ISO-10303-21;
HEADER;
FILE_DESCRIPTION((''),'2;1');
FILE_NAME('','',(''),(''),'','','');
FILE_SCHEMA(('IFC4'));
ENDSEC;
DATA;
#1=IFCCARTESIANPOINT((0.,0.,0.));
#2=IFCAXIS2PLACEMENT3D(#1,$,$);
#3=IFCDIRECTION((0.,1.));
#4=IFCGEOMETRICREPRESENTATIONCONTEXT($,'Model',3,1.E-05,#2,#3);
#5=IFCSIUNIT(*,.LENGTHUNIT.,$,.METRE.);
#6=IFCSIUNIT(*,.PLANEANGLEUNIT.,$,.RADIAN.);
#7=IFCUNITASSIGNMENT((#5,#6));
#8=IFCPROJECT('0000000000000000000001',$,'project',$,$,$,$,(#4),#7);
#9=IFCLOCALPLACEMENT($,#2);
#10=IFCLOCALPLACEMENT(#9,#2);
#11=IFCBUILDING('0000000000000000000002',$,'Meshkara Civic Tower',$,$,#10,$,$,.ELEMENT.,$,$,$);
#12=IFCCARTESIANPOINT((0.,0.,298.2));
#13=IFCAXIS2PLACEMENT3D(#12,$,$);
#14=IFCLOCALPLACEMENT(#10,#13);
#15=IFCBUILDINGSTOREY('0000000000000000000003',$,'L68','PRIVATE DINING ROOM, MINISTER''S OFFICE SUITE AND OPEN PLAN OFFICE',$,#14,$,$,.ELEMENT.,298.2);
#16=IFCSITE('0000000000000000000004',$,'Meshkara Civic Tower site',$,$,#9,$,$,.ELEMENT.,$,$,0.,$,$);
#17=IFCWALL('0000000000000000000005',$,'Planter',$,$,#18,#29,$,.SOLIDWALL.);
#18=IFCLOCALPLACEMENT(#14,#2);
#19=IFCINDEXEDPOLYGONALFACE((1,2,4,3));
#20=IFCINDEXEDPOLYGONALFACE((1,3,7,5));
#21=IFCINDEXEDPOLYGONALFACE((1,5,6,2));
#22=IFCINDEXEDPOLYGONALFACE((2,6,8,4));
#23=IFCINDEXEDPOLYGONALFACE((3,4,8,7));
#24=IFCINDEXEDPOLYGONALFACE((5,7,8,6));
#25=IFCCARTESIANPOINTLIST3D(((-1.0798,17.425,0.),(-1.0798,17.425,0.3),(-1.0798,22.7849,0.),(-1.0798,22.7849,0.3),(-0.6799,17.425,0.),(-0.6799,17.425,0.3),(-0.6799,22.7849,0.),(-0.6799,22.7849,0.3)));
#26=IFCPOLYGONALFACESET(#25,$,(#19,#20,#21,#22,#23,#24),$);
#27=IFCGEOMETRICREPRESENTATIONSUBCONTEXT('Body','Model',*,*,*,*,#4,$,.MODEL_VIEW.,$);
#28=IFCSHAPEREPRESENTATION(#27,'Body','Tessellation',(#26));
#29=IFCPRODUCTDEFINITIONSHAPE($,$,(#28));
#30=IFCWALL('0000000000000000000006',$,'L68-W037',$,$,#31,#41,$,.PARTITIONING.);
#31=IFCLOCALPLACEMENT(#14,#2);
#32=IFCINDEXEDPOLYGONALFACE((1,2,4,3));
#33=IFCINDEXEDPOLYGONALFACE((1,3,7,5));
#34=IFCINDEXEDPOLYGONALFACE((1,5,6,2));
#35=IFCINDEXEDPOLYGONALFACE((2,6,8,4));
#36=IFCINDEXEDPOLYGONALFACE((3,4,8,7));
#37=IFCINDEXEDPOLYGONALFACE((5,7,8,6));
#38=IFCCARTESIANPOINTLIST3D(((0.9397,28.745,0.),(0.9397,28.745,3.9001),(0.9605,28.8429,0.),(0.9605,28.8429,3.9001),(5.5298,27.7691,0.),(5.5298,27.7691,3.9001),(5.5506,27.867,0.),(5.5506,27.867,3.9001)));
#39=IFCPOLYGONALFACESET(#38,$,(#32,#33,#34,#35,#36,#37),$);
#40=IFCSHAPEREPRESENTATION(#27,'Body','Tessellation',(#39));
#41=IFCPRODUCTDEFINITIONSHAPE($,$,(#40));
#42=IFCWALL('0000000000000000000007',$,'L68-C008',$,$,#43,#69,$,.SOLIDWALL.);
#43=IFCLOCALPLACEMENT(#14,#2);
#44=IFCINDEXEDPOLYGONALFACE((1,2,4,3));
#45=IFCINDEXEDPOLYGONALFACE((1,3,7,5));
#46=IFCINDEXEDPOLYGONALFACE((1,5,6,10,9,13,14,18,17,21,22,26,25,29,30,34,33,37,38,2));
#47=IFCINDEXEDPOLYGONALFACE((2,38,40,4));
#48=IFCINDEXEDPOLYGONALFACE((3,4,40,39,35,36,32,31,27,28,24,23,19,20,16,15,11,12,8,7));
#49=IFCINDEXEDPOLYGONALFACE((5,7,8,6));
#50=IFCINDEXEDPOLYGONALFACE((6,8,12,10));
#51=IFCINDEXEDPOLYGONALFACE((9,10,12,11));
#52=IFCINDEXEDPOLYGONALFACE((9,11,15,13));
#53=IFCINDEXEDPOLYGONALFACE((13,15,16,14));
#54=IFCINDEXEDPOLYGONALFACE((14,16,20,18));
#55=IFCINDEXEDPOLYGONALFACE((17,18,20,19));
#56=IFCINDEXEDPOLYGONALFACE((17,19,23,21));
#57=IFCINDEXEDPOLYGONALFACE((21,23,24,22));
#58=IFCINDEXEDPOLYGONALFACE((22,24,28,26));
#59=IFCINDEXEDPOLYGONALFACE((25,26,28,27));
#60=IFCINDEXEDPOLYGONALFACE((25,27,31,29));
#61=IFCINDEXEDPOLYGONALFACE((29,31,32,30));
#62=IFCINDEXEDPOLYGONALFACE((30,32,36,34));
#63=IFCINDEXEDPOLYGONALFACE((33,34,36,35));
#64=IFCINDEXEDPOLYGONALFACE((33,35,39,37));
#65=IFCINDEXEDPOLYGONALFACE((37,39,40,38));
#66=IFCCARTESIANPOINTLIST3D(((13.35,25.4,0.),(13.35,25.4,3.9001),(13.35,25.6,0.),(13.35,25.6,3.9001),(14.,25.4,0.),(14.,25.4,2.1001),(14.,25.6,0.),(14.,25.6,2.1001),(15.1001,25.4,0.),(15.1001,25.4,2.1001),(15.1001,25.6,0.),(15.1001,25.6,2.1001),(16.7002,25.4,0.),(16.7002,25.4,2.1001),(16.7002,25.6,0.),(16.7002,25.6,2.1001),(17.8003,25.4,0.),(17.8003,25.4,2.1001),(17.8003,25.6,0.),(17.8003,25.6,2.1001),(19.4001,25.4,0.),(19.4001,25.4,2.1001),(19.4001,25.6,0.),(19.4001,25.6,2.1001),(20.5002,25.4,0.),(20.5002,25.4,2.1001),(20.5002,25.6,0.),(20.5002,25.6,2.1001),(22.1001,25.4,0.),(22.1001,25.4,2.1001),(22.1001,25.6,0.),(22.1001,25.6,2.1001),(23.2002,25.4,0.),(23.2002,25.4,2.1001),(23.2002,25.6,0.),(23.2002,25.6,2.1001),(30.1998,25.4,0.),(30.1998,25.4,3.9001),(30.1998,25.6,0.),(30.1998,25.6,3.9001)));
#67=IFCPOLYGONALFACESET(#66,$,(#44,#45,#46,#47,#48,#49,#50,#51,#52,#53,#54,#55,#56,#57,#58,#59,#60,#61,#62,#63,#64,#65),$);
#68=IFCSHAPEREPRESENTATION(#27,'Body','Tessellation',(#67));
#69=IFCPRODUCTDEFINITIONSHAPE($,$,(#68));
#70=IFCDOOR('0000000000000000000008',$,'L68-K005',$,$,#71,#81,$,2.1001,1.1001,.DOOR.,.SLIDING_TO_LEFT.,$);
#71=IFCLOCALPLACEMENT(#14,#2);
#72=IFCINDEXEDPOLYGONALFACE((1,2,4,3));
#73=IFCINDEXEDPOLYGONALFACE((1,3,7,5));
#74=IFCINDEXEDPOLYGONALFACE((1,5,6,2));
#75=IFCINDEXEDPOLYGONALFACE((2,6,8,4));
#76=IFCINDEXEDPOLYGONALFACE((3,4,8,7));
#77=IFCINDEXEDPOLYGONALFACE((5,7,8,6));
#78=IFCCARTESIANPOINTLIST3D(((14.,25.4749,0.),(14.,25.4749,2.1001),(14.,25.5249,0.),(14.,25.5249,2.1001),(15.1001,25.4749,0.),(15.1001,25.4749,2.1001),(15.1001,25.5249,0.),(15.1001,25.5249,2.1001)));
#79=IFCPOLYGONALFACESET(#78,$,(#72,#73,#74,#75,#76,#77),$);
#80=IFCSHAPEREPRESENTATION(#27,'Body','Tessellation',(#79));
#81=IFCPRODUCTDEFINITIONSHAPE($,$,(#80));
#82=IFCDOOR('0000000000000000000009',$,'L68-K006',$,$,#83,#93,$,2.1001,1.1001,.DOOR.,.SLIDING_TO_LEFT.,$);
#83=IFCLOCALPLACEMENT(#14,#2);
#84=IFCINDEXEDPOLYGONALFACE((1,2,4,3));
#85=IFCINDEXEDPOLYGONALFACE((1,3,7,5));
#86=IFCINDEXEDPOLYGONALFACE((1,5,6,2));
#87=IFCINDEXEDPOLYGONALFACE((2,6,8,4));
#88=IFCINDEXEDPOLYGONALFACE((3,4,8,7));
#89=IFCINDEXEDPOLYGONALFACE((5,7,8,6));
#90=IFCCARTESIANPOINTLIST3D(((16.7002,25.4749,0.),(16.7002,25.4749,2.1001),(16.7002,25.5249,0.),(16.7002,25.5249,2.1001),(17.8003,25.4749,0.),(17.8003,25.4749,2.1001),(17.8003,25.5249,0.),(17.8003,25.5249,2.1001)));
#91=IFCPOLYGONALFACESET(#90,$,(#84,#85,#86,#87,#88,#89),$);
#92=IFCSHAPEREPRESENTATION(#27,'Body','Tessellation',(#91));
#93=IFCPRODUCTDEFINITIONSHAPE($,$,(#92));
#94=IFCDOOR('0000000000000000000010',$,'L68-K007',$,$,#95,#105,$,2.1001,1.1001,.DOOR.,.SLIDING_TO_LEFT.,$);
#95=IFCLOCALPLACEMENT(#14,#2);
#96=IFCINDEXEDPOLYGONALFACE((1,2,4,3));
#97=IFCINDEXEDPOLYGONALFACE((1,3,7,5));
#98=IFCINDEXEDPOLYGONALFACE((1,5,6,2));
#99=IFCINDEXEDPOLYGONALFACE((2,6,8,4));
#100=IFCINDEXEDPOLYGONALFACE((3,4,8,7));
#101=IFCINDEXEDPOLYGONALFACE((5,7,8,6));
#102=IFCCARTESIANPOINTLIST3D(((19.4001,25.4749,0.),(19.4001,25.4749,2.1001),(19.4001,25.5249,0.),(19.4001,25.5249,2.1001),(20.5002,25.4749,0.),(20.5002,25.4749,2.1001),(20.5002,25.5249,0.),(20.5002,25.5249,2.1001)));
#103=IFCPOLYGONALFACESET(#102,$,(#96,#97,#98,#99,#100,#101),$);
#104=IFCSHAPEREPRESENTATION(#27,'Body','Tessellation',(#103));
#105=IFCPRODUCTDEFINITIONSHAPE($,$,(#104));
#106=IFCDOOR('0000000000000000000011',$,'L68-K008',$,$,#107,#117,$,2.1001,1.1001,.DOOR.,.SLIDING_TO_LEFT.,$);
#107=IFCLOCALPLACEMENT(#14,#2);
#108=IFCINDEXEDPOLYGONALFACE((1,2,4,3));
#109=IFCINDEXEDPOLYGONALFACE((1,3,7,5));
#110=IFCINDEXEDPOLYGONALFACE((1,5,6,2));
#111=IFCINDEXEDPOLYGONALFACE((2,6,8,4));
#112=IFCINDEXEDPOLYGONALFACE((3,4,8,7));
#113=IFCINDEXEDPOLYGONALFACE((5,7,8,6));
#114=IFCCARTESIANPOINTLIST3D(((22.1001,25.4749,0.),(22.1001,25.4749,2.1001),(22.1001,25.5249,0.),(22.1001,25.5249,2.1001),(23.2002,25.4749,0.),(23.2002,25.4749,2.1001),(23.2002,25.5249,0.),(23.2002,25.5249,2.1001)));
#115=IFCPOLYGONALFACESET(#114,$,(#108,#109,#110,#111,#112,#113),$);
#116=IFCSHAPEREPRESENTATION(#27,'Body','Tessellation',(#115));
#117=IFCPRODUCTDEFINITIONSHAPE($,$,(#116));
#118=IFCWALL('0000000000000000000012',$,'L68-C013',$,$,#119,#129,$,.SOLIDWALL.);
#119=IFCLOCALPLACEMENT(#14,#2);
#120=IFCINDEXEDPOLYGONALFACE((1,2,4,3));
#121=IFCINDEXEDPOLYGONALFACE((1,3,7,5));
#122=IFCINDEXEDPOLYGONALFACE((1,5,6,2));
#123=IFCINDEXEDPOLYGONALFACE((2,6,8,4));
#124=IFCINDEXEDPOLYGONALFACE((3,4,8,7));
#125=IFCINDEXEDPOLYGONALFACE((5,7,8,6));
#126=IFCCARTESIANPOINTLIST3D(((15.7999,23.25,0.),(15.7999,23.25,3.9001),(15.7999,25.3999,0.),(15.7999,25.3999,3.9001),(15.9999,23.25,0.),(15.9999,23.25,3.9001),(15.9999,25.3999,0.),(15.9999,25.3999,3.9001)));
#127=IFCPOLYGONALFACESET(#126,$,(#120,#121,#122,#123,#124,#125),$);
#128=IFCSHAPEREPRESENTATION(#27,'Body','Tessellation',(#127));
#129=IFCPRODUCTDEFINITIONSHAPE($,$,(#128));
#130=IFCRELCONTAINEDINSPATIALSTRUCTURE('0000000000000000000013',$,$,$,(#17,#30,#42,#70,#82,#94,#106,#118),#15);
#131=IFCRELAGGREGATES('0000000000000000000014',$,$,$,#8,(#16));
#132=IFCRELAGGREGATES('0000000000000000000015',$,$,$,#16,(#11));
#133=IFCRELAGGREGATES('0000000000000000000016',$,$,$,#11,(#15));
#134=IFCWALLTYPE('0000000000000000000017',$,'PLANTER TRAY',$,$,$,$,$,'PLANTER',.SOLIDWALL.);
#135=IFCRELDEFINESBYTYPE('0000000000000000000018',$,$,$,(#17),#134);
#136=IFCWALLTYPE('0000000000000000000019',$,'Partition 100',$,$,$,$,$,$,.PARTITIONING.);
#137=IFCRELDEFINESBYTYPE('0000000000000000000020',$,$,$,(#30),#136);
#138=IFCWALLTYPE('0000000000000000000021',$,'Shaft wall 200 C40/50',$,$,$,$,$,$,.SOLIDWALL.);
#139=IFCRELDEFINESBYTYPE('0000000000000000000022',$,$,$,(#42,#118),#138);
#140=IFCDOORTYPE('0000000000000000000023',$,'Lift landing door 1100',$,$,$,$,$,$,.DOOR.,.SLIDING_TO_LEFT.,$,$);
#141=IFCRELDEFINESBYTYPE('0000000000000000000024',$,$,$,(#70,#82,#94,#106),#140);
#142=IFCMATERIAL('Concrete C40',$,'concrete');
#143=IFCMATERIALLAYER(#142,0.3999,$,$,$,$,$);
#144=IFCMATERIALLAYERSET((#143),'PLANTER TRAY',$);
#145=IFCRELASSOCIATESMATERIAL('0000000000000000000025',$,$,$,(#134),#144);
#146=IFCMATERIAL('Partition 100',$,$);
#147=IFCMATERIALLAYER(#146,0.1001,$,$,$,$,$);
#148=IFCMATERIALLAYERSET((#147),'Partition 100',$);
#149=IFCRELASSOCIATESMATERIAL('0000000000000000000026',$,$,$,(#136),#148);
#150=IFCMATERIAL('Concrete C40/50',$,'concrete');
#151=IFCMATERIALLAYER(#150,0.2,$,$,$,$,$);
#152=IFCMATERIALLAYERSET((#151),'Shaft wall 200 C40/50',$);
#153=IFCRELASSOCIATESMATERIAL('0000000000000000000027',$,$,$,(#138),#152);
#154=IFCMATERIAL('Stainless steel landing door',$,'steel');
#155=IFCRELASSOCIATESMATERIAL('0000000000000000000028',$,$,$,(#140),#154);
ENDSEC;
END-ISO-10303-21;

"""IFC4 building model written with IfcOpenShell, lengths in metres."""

from ifc_helpers import new_model, si_unit, direction, frame, frame_2d, origin, place, context, subcontext, project, spatial, rectangle, extrude, material, layer, layer_set, type_object, element, fill, save


model = new_model("IFC4")

# Units and contexts
model_context = context("Model", 3, precision=1e-05, world=origin(), true_north=direction((0.0, 1.0)))
body_context = subcontext(model_context, "Body", "Model", "MODEL_VIEW")
ifc_project = project(units=[si_unit("LENGTHUNIT", "METRE"), si_unit("PLANEANGLEUNIT", "RADIAN")], contexts=[model_context])

# Site, building, storey
site_placement = place(None, origin())
site = spatial("IfcSite", under=ifc_project, at=site_placement, Name="Meshkara Civic Tower site", CompositionType="ELEMENT", RefElevation=0.0)
building_placement = place(site_placement, origin())
building = spatial("IfcBuilding", under=site, at=building_placement, Name="Meshkara Civic Tower", CompositionType="ELEMENT")
storey_placement = place(building_placement, frame((0.0, 0.0, 298.2)))
storey = spatial("IfcBuildingStorey", under=building, at=storey_placement, Name="L68", Description="PRIVATE DINING ROOM, MINISTER'S OFFICE SUITE AND OPEN PLAN OFFICE", CompositionType="ELEMENT", Elevation=298.2)

# Walls
ifc_material_1 = material(Name="Concrete C40", Category="concrete")
ifc_layer_1 = layer(ifc_material_1, 0.3999)
ifc_layer_set_1 = layer_set([ifc_layer_1], Name="PLANTER TRAY")
wall_type_1 = type_object("IfcWallType", Name="PLANTER TRAY", ElementType="PLANTER", PredefinedType="SOLIDWALL", material=ifc_layer_set_1)
wall_1_placement = place(storey_placement, frame((-0.8799, 22.7849, 0.0), z_axis=(0.0, 0.0, 1.0), x_axis=(0.0, -1.0, 0.0)))
element("IfcWall", 1, at=wall_1_placement, inside=storey, type_object=wall_type_1, Name="Planter", PredefinedType="SOLIDWALL", context=body_context, shape_type="SweptSolid", body=[
    extrude(rectangle(XDim=5.3599, YDim=0.3999, at=frame_2d((2.6799, 0.0))), origin(), (0.0, 0.0, 1.0), 0.3),
])
ifc_material_2 = material(Name="Partition 100")
ifc_layer_2 = layer(ifc_material_2, 0.1001)
ifc_layer_set_2 = layer_set([ifc_layer_2], Name="Partition 100")
wall_type_2 = type_object("IfcWallType", Name="Partition 100", PredefinedType="PARTITIONING", material=ifc_layer_set_2)
wall_2_placement = place(storey_placement, frame((5.54, 27.8181, 0.0), z_axis=(0.0, 0.0, 1.0), x_axis=(-0.97814, 0.207948, 0.0)))
element("IfcWall", 2, at=wall_2_placement, inside=storey, type_object=wall_type_2, Name="L68-W037", PredefinedType="PARTITIONING", context=body_context, shape_type="SweptSolid", body=[
    extrude(rectangle(XDim=4.6926, YDim=0.1001, at=frame_2d((2.3462, 0.0))), origin(), (0.0, 0.0, 1.0), 3.9001),
])

# Wall, openings, doors
ifc_material_3 = material(Name="Concrete C40/50", Category="concrete")
ifc_layer_3 = layer(ifc_material_3, 0.2)
ifc_layer_set_3 = layer_set([ifc_layer_3], Name="Shaft wall 200 C40/50")
wall_type_3 = type_object("IfcWallType", Name="Shaft wall 200 C40/50", PredefinedType="SOLIDWALL", material=ifc_layer_set_3)
wall_3_placement = place(storey_placement, frame((13.3501, 25.5, 0.0), z_axis=(0.0, 0.0, 1.0), x_axis=(1.0, 0.0, 0.0)))
wall_3 = element("IfcWall", 3, at=wall_3_placement, inside=storey, type_object=wall_type_3, Name="L68-C008", PredefinedType="SOLIDWALL", context=body_context, shape_type="SweptSolid", body=[
    extrude(rectangle(XDim=16.8499, YDim=0.2, at=frame_2d((8.4248, 0.0))), origin(), (0.0, 0.0, 1.0), 3.9001),
])
opening_1_placement = place(wall_3_placement, frame((0.6499, 0.0, 0.0)))
opening_1 = element("IfcOpeningElement", 4, at=opening_1_placement, cuts=wall_3, PredefinedType="OPENING", context=body_context, shape_type="SweptSolid", body=[
    extrude(rectangle(XDim=1.1001, YDim=2.1001, at=frame_2d((0.55, 1.05))), frame((0.0, 0.1099, 0.0), z_axis=(0.0, -1.0, 0.0), x_axis=(1.0, 0.0, 0.0)), (0.0, 0.0, 1.0), 0.22),
])
opening_2_placement = place(wall_3_placement, frame((3.3501, 0.0, 0.0)))
opening_2 = element("IfcOpeningElement", 5, at=opening_2_placement, cuts=wall_3, PredefinedType="OPENING", context=body_context, shape_type="SweptSolid", body=[
    extrude(rectangle(XDim=1.1001, YDim=2.1001, at=frame_2d((0.55, 1.05))), frame((0.0, 0.1099, 0.0), z_axis=(0.0, -1.0, 0.0), x_axis=(1.0, 0.0, 0.0)), (0.0, 0.0, 1.0), 0.22),
])
opening_3_placement = place(wall_3_placement, frame((6.05, 0.0, 0.0)))
opening_3 = element("IfcOpeningElement", 6, at=opening_3_placement, cuts=wall_3, PredefinedType="OPENING", context=body_context, shape_type="SweptSolid", body=[
    extrude(rectangle(XDim=1.1001, YDim=2.1001, at=frame_2d((0.55, 1.05))), frame((0.0, 0.1099, 0.0), z_axis=(0.0, -1.0, 0.0), x_axis=(1.0, 0.0, 0.0)), (0.0, 0.0, 1.0), 0.22),
])
opening_4_placement = place(wall_3_placement, frame((8.75, 0.0, 0.0)))
opening_4 = element("IfcOpeningElement", 7, at=opening_4_placement, cuts=wall_3, PredefinedType="OPENING", context=body_context, shape_type="SweptSolid", body=[
    extrude(rectangle(XDim=1.1001, YDim=2.1001, at=frame_2d((0.55, 1.05))), frame((0.0, 0.1099, 0.0), z_axis=(0.0, -1.0, 0.0), x_axis=(1.0, 0.0, 0.0)), (0.0, 0.0, 1.0), 0.22),
])
ifc_material_4 = material(Name="Stainless steel landing door", Category="steel")
door_type_1 = type_object("IfcDoorType", Name="Lift landing door 1100", OperationType="SLIDING_TO_LEFT", PredefinedType="DOOR", material=ifc_material_4)
door_1_placement = place(opening_1_placement, origin())
door_1 = element("IfcDoor", 8, at=door_1_placement, inside=storey, type_object=door_type_1, Name="L68-K005", OperationType="SLIDING_TO_LEFT", OverallHeight=2.1001, OverallWidth=1.1001, PredefinedType="DOOR", context=body_context, shape_type="SweptSolid", body=[
    extrude(rectangle(XDim=1.1001, YDim=2.1001, at=frame_2d((0.55, 1.05))), frame((0.0, 0.0249, 0.0), z_axis=(0.0, -1.0, 0.0), x_axis=(1.0, 0.0, 0.0)), (0.0, 0.0, 1.0), 0.05),
])
fill(opening_1, door_1)
door_2_placement = place(opening_2_placement, origin())
door_2 = element("IfcDoor", 9, at=door_2_placement, inside=storey, type_object=door_type_1, Name="L68-K006", OperationType="SLIDING_TO_LEFT", OverallHeight=2.1001, OverallWidth=1.1001, PredefinedType="DOOR", context=body_context, shape_type="SweptSolid", body=[
    extrude(rectangle(XDim=1.1001, YDim=2.1001, at=frame_2d((0.55, 1.05))), frame((0.0, 0.0249, 0.0), z_axis=(0.0, -1.0, 0.0), x_axis=(1.0, 0.0, 0.0)), (0.0, 0.0, 1.0), 0.05),
])
fill(opening_2, door_2)
door_3_placement = place(opening_3_placement, origin())
door_3 = element("IfcDoor", 10, at=door_3_placement, inside=storey, type_object=door_type_1, Name="L68-K007", OperationType="SLIDING_TO_LEFT", OverallHeight=2.1001, OverallWidth=1.1001, PredefinedType="DOOR", context=body_context, shape_type="SweptSolid", body=[
    extrude(rectangle(XDim=1.1001, YDim=2.1001, at=frame_2d((0.55, 1.05))), frame((0.0, 0.0249, 0.0), z_axis=(0.0, -1.0, 0.0), x_axis=(1.0, 0.0, 0.0)), (0.0, 0.0, 1.0), 0.05),
])
fill(opening_3, door_3)
door_4_placement = place(opening_4_placement, origin())
door_4 = element("IfcDoor", 11, at=door_4_placement, inside=storey, type_object=door_type_1, Name="L68-K008", OperationType="SLIDING_TO_LEFT", OverallHeight=2.1001, OverallWidth=1.1001, PredefinedType="DOOR", context=body_context, shape_type="SweptSolid", body=[
    extrude(rectangle(XDim=1.1001, YDim=2.1001, at=frame_2d((0.55, 1.05))), frame((0.0, 0.0249, 0.0), z_axis=(0.0, -1.0, 0.0), x_axis=(1.0, 0.0, 0.0)), (0.0, 0.0, 1.0), 0.05),
])
fill(opening_4, door_4)

# Wall
wall_4_placement = place(storey_placement, frame((15.8999, 23.25, 0.0), z_axis=(0.0, 0.0, 1.0), x_axis=(0.0, 1.0, 0.0)))
element("IfcWall", 12, at=wall_4_placement, inside=storey, type_object=wall_type_3, Name="L68-C013", PredefinedType="SOLIDWALL", context=body_context, shape_type="SweptSolid", body=[
    extrude(rectangle(XDim=2.1499, YDim=0.2, at=frame_2d((1.075, 0.0))), origin(), (0.0, 0.0, 1.0), 3.9001),
])

save(model, "model.ifc")
